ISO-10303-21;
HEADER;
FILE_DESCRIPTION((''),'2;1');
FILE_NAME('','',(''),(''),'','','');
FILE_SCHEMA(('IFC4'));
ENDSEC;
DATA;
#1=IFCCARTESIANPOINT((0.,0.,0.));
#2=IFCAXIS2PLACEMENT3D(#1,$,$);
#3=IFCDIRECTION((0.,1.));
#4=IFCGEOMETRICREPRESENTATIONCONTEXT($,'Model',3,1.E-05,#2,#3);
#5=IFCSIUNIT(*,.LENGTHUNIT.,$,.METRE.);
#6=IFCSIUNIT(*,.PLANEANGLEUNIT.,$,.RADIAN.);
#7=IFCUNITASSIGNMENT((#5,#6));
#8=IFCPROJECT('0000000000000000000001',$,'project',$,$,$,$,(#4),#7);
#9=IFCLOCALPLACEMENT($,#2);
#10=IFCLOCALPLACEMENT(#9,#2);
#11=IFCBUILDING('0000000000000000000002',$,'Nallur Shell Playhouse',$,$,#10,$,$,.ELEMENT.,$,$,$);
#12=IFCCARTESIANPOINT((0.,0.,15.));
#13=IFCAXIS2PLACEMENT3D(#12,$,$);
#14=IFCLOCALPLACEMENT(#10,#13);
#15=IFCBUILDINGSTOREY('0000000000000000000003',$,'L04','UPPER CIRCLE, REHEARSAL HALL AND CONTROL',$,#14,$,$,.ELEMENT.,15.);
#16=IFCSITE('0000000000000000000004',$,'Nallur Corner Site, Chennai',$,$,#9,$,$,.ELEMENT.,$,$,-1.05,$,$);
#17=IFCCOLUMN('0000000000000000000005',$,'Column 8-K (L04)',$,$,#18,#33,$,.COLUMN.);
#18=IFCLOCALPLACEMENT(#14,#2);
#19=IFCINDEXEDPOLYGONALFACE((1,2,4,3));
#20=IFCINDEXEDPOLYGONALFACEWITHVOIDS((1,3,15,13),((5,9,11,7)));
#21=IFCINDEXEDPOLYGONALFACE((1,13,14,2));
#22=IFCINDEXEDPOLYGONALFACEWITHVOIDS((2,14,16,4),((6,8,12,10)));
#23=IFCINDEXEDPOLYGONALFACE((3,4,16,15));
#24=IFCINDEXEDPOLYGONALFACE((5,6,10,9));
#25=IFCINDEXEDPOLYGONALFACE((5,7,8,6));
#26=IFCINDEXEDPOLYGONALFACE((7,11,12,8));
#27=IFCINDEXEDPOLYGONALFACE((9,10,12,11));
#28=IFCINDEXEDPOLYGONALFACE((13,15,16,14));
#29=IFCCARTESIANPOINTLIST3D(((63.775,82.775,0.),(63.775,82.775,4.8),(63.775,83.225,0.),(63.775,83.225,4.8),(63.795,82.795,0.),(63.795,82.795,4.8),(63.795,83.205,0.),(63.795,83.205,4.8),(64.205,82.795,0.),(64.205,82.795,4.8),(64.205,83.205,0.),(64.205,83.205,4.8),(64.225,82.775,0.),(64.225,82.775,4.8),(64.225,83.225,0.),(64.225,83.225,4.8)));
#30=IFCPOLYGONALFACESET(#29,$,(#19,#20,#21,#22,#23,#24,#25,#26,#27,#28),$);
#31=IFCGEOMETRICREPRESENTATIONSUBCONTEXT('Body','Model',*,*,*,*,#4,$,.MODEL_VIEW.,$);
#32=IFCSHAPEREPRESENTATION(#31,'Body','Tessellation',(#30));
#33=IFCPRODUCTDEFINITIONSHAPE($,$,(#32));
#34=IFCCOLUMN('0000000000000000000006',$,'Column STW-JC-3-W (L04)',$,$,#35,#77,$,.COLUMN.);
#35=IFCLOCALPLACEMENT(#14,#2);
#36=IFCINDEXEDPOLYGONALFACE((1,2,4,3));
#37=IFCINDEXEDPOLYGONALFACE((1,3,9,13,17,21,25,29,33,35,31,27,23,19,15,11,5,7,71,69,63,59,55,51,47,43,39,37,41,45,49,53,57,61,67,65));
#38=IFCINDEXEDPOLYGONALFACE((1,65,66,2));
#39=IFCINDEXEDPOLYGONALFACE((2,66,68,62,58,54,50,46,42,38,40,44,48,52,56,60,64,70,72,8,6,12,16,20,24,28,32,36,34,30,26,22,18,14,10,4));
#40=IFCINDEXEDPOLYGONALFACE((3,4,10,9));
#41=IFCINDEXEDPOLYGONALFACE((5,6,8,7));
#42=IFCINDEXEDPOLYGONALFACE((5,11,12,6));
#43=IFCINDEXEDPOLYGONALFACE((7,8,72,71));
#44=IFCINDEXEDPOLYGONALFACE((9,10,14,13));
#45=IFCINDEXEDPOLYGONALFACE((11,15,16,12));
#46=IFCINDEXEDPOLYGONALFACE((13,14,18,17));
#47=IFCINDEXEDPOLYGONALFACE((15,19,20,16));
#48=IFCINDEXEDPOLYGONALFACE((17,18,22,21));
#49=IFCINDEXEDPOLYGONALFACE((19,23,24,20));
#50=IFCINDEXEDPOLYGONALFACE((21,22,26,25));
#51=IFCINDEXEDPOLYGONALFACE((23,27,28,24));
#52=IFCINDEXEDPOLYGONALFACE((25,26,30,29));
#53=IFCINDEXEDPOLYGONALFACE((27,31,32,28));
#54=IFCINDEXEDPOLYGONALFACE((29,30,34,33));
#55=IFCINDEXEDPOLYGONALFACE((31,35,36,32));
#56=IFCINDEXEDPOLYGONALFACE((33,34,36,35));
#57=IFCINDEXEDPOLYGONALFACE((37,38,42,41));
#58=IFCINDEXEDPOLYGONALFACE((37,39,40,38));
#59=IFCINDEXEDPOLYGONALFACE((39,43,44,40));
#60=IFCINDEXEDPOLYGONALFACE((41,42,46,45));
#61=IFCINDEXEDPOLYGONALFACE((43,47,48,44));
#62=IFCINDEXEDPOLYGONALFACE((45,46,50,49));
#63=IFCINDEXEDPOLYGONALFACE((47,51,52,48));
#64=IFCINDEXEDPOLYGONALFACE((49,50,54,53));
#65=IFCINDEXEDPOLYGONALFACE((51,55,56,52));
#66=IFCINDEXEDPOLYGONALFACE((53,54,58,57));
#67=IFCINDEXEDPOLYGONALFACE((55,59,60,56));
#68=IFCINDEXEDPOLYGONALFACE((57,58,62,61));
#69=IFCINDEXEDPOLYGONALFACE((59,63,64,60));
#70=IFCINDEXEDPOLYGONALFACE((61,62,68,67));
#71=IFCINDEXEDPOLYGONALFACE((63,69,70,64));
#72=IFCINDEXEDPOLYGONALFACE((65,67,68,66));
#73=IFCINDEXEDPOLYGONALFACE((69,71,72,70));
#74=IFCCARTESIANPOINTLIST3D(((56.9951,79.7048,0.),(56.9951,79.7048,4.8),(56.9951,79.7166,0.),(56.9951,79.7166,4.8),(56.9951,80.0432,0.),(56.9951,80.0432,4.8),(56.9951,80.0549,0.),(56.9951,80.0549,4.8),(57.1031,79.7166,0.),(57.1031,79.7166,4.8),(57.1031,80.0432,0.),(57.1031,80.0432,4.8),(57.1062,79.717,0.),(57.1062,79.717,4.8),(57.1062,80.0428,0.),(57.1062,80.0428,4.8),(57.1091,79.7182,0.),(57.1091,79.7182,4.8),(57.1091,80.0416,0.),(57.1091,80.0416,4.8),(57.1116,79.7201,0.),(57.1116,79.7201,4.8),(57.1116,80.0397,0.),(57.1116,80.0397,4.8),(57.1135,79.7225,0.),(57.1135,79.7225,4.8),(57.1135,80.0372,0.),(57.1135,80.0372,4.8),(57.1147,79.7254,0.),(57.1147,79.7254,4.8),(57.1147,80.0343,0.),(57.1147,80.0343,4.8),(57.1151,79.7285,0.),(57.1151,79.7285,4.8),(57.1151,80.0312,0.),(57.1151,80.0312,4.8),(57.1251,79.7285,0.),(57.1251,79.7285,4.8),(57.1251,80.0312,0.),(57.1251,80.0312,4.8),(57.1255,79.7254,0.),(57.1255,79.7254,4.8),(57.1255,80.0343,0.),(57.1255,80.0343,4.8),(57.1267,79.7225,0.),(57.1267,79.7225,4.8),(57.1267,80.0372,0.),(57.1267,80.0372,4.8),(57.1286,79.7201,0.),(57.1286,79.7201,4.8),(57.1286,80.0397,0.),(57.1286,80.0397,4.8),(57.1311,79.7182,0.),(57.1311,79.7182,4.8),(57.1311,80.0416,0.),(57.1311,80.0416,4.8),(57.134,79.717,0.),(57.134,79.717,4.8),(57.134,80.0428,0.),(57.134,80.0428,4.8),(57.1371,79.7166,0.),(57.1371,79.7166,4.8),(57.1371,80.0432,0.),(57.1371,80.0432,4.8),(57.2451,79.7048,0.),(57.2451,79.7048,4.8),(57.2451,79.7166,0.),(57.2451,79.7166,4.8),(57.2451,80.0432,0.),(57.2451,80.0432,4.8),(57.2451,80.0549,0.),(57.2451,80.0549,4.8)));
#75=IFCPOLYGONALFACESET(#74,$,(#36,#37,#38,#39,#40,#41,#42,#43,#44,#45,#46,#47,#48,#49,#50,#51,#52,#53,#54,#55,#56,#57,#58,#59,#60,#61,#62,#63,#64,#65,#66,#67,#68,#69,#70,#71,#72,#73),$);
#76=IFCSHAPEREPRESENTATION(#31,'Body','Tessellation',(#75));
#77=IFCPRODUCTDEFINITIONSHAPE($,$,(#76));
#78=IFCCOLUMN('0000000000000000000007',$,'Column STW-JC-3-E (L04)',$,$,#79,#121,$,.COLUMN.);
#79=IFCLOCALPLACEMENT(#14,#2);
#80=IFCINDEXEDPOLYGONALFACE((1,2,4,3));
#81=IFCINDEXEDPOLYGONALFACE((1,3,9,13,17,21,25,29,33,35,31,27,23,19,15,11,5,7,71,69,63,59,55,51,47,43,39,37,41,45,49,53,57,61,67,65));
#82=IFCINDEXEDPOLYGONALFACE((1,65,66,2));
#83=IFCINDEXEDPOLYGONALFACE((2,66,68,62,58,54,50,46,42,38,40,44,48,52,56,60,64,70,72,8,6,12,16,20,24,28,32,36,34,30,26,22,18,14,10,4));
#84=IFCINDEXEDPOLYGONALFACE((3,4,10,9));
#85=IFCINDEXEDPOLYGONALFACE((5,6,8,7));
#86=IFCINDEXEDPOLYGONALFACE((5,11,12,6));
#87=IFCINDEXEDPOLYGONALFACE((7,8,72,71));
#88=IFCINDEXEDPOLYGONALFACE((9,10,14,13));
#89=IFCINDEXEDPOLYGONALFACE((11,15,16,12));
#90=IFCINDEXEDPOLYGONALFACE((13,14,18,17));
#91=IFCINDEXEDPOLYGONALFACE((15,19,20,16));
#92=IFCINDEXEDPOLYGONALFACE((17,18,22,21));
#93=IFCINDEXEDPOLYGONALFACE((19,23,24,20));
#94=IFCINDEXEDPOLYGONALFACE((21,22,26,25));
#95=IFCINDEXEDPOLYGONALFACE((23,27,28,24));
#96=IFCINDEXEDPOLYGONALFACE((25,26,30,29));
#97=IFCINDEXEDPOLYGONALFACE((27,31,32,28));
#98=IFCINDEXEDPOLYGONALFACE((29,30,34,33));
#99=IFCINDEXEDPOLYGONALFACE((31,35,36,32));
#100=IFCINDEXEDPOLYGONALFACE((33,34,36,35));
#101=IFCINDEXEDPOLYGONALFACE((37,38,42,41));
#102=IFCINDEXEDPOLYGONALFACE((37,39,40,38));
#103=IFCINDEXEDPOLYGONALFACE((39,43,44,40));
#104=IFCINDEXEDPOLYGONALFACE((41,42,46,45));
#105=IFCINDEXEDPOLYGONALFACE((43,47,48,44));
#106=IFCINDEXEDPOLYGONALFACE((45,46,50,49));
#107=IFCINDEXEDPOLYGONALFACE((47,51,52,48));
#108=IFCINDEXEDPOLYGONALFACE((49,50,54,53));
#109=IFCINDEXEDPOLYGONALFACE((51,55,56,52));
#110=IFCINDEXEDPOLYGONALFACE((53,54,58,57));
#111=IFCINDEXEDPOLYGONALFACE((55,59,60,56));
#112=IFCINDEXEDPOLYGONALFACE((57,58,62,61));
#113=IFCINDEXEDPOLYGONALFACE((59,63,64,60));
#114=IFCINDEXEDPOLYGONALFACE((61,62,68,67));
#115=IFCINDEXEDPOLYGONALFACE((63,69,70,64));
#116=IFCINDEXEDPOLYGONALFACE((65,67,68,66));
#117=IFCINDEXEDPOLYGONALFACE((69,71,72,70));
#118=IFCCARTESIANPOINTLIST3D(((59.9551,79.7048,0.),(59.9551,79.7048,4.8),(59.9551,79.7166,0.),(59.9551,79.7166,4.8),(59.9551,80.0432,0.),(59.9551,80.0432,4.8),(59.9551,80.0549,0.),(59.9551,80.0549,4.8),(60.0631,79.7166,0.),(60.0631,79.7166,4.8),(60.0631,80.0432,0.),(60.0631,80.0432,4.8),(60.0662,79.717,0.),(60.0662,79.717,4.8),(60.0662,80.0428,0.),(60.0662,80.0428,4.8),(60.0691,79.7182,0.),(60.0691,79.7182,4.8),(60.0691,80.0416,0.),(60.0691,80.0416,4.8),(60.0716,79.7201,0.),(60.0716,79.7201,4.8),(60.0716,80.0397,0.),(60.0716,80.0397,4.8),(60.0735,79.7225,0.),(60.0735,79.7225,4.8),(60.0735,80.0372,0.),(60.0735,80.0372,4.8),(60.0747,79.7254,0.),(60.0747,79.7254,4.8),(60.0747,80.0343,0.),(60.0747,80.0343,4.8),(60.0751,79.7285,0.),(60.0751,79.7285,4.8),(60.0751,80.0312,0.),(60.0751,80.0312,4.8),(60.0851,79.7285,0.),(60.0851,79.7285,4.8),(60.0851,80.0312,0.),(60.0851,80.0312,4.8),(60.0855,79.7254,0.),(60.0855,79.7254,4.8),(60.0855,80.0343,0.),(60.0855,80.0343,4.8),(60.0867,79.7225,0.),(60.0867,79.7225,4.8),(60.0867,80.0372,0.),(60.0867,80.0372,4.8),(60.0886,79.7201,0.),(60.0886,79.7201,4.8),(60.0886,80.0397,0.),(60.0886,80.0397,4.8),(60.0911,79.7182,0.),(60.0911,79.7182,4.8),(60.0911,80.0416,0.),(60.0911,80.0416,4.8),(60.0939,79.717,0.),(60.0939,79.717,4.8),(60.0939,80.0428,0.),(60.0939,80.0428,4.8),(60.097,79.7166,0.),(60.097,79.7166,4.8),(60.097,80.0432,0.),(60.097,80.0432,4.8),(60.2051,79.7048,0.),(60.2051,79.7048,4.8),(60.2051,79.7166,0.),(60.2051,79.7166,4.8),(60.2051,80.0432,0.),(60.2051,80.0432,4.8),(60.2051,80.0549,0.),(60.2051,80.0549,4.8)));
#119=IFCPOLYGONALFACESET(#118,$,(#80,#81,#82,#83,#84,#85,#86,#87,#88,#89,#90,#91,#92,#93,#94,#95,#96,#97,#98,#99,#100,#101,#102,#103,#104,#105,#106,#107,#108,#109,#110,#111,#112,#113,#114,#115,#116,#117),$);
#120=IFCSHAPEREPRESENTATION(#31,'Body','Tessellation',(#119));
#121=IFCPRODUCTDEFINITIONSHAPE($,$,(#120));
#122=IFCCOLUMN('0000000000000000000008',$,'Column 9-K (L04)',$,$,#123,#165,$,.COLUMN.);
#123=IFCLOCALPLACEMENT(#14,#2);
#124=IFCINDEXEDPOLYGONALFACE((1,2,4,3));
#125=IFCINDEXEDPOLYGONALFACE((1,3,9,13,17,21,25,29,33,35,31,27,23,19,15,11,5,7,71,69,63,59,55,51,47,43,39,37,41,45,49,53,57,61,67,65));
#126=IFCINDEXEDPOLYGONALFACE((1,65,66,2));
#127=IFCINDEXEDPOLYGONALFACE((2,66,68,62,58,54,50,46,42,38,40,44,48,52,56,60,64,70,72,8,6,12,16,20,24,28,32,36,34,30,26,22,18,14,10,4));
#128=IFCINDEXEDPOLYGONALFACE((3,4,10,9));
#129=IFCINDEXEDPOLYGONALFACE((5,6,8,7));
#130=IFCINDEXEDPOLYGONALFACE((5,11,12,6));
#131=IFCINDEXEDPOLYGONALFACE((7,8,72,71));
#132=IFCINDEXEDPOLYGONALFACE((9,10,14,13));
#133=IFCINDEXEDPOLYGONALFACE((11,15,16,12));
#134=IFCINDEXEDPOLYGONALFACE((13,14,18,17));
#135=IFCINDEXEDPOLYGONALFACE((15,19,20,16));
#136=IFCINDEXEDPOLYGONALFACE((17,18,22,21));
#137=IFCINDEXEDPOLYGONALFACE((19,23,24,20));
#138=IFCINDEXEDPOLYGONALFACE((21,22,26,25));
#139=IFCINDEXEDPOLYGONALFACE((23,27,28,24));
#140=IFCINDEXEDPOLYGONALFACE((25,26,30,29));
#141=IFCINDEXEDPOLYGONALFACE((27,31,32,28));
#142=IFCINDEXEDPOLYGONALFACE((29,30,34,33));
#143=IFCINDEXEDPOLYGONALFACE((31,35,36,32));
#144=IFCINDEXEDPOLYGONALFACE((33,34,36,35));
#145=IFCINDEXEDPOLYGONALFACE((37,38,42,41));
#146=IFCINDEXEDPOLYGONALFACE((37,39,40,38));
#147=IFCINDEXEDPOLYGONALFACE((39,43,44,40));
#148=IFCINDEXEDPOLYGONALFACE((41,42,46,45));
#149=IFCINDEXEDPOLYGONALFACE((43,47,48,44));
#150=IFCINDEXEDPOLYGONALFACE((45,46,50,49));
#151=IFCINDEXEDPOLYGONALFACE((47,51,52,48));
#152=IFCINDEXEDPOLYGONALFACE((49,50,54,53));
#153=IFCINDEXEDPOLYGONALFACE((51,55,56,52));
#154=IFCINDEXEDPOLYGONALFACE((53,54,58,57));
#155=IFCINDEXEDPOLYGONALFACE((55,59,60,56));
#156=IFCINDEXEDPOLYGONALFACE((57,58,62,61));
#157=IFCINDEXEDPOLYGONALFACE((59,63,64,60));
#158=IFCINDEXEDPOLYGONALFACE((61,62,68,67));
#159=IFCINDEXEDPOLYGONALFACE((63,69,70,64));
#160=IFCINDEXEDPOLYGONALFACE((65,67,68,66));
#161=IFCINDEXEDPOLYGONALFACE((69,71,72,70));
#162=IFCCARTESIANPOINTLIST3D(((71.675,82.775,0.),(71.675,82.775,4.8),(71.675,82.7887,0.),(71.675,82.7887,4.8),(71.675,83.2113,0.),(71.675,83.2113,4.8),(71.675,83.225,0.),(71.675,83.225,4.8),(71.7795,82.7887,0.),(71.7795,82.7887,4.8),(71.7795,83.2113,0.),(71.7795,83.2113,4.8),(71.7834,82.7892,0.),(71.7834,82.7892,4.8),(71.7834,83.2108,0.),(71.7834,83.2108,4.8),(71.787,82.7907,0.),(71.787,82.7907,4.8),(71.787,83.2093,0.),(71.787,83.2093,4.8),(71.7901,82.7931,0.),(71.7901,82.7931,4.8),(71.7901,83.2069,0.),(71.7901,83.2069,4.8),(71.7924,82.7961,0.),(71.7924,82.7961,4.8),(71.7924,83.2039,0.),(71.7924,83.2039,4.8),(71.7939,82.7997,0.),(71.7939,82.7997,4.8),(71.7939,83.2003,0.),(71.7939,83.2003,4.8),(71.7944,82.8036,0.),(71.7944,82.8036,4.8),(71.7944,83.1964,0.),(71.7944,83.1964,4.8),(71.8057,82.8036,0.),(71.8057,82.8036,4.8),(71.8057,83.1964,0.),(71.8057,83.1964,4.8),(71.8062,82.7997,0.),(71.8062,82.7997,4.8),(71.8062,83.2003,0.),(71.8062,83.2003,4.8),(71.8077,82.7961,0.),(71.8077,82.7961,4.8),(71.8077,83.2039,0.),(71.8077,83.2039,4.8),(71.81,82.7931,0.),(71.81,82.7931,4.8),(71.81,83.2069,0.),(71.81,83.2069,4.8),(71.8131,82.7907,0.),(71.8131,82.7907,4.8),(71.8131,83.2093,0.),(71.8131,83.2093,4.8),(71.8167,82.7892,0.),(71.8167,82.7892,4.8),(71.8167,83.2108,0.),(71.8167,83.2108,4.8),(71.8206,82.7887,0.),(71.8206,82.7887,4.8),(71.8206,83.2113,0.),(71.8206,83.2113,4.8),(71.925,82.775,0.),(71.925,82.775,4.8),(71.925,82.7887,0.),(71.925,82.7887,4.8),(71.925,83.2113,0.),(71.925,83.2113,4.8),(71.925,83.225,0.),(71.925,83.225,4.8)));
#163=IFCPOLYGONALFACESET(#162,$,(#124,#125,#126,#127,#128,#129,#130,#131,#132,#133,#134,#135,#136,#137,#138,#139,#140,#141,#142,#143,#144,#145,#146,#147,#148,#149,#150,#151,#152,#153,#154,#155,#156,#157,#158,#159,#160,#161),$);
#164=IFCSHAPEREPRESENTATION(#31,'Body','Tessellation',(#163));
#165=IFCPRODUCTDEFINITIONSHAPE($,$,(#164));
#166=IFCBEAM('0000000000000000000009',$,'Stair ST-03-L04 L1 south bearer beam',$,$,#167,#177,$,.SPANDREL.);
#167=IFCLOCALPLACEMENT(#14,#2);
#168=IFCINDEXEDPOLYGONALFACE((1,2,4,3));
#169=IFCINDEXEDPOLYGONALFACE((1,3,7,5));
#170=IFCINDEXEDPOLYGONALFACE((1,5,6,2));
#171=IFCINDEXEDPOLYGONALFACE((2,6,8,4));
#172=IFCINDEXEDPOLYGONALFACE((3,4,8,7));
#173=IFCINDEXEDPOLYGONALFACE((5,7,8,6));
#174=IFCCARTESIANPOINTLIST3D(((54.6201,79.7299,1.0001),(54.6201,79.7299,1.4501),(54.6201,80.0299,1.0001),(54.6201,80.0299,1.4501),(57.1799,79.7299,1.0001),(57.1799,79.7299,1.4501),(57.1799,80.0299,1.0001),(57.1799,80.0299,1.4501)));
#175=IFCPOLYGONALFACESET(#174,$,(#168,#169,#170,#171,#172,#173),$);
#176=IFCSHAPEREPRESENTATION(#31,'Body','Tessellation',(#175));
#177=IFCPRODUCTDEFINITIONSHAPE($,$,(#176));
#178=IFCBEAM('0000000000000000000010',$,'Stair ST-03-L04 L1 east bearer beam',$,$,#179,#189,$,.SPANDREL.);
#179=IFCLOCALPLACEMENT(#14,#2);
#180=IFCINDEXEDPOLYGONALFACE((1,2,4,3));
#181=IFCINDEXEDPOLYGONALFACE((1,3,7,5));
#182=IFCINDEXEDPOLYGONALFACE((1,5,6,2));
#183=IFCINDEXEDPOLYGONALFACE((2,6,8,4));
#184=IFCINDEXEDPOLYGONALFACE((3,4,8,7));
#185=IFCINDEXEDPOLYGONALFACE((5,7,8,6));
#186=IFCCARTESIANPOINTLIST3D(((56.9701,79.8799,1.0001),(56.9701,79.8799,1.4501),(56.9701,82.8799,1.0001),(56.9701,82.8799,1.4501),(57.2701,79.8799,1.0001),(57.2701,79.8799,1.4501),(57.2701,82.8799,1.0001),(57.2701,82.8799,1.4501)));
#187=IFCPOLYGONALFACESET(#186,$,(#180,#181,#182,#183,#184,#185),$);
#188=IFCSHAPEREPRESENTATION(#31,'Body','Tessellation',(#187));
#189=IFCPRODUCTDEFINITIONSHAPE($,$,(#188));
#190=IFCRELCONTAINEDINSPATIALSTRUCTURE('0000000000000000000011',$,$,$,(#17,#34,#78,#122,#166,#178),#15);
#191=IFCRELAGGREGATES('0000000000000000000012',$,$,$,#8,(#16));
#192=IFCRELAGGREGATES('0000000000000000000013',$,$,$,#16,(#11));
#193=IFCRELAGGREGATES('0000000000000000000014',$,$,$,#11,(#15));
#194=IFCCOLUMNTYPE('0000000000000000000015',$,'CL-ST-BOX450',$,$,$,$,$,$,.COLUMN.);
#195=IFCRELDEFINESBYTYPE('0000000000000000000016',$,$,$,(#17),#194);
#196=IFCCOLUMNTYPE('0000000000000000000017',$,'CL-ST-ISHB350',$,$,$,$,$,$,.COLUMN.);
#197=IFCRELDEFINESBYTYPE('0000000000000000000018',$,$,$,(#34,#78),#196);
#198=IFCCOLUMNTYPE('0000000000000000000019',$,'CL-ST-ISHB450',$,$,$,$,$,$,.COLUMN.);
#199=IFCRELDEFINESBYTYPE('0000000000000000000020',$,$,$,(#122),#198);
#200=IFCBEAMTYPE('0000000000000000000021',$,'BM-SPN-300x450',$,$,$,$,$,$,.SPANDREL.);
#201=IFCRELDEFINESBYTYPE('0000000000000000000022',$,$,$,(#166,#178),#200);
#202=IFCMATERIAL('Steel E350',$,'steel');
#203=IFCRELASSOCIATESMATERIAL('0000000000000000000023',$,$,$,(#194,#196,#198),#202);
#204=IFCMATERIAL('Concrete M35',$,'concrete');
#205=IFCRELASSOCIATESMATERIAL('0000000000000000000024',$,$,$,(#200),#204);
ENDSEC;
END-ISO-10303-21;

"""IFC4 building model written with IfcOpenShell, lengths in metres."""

from ifc_helpers import new_model, si_unit, direction, frame, origin, origin_2d, place, context, subcontext, project, spatial, rectangle, hollow_rectangle, i_section, extrude, material, material_profile, profile_set, type_object, element, save


model = new_model("IFC4")

# Units and contexts
model_context = context("Model", 3, precision=1e-05, world=origin(), true_north=direction((0.0, 1.0)))
body_context = subcontext(model_context, "Body", "Model", "MODEL_VIEW")
ifc_project = project(units=[si_unit("LENGTHUNIT", "METRE"), si_unit("PLANEANGLEUNIT", "RADIAN")], contexts=[model_context])

# Site, building, storey
site_placement = place(None, origin())
site = spatial("IfcSite", under=ifc_project, at=site_placement, Name="Nallur Corner Site, Chennai", CompositionType="ELEMENT", RefElevation=-1.05)
building_placement = place(site_placement, origin())
building = spatial("IfcBuilding", under=site, at=building_placement, Name="Nallur Shell Playhouse", CompositionType="ELEMENT")
storey_placement = place(building_placement, frame((0.0, 0.0, 15.0)))
storey = spatial("IfcBuildingStorey", under=building, at=storey_placement, Name="L04", Description="UPPER CIRCLE, REHEARSAL HALL AND CONTROL", CompositionType="ELEMENT", Elevation=15.0)

# Columns
ifc_material_1 = material(Name="Steel E350", Category="steel")
ifc_material_profile_1 = material_profile(ifc_material_1, hollow_rectangle(XDim=0.45, YDim=0.45, WallThickness=0.02, at=origin_2d()), Name="BOX 450x450x20")
ifc_profile_set_1 = profile_set([ifc_material_profile_1], Name="Steel E350")
column_type_1 = type_object("IfcColumnType", Name="CL-ST-BOX450", PredefinedType="COLUMN", material=ifc_profile_set_1)
column_1_placement = place(storey_placement, frame((64.0, 83.0, 0.0), z_axis=(0.0, 0.0, 1.0), x_axis=(1.0, 0.0, 0.0)))
element("IfcColumn", 1, at=column_1_placement, inside=storey, type_object=column_type_1, Name="Column 8-K (L04)", PredefinedType="COLUMN", context=body_context, shape_type="SweptSolid", body=[
    extrude(hollow_rectangle(XDim=0.45, YDim=0.45, WallThickness=0.02, at=origin_2d()), origin(), (0.0, 0.0, 1.0), 4.8),
])
ifc_material_profile_2 = material_profile(ifc_material_1, i_section(OverallWidth=0.25, OverallDepth=0.3501, WebThickness=0.01, FlangeThickness=0.0117, FilletRadius=0.012, at=origin_2d()), Name="ISHB 350")
ifc_profile_set_2 = profile_set([ifc_material_profile_2], Name="Steel E350")
column_type_2 = type_object("IfcColumnType", Name="CL-ST-ISHB350", PredefinedType="COLUMN", material=ifc_profile_set_2)
for number, where, z_axis, x_axis, name in (
    (2, (57.1201, 79.8799, 0.0), (0.0, 0.0, 1.0), (1.0, 0.0, 0.0), "Column STW-JC-3-W (L04)"),
    (3, (60.0801, 79.8799, 0.0), (0.0, 0.0, 1.0), (1.0, 0.0, 0.0), "Column STW-JC-3-E (L04)"),
):
    element("IfcColumn", number, at=place(storey_placement, frame(where, z_axis=z_axis, x_axis=x_axis)), inside=storey, type_object=column_type_2, Name=name, PredefinedType="COLUMN", context=body_context, shape_type="SweptSolid", body=[
        extrude(i_section(OverallWidth=0.25, OverallDepth=0.3501, WebThickness=0.01, FlangeThickness=0.0117, FilletRadius=0.012, at=origin_2d()), origin(), (0.0, 0.0, 1.0), 4.8),
    ])
ifc_material_profile_3 = material_profile(ifc_material_1, i_section(OverallWidth=0.25, OverallDepth=0.45, WebThickness=0.0112, FlangeThickness=0.0137, FilletRadius=0.0149, at=origin_2d()), Name="ISHB 450")
ifc_profile_set_3 = profile_set([ifc_material_profile_3], Name="Steel E350")
column_type_3 = type_object("IfcColumnType", Name="CL-ST-ISHB450", PredefinedType="COLUMN", material=ifc_profile_set_3)
column_2_placement = place(storey_placement, frame((71.8, 83.0, 0.0), z_axis=(0.0, 0.0, 1.0), x_axis=(1.0, 0.0, 0.0)))
element("IfcColumn", 4, at=column_2_placement, inside=storey, type_object=column_type_3, Name="Column 9-K (L04)", PredefinedType="COLUMN", context=body_context, shape_type="SweptSolid", body=[
    extrude(i_section(OverallWidth=0.25, OverallDepth=0.45, WebThickness=0.0112, FlangeThickness=0.0137, FilletRadius=0.0149, at=origin_2d()), origin(), (0.0, 0.0, 1.0), 4.8),
])

# Beams
ifc_material_2 = material(Name="Concrete M35", Category="concrete")
ifc_material_profile_4 = material_profile(ifc_material_2, rectangle(XDim=0.3, YDim=0.45, at=origin_2d()), Name="RC 300x450")
ifc_profile_set_4 = profile_set([ifc_material_profile_4], Name="Concrete M35")
beam_type_1 = type_object("IfcBeamType", Name="BM-SPN-300x450", PredefinedType="SPANDREL", material=ifc_profile_set_4)
beam_1_placement = place(storey_placement, frame((54.6201, 79.8799, 1.2251), z_axis=(1.0, 0.0, 0.0), x_axis=(0.0, 1.0, 0.0)))
element("IfcBeam", 5, at=beam_1_placement, inside=storey, type_object=beam_type_1, Name="Stair ST-03-L04 L1 south bearer beam", PredefinedType="SPANDREL", context=body_context, shape_type="SweptSolid", body=[
    extrude(rectangle(XDim=0.3, YDim=0.45, at=origin_2d()), origin(), (0.0, 0.0, 1.0), 2.5598),
])
beam_2_placement = place(storey_placement, frame((57.1201, 79.8799, 1.2251), z_axis=(0.0, 1.0, 0.0), x_axis=(-1.0, 0.0, 0.0)))
element("IfcBeam", 6, at=beam_2_placement, inside=storey, type_object=beam_type_1, Name="Stair ST-03-L04 L1 east bearer beam", PredefinedType="SPANDREL", context=body_context, shape_type="SweptSolid", body=[
    extrude(rectangle(XDim=0.3, YDim=0.45, at=origin_2d()), origin(), (0.0, 0.0, 1.0), 3.0),
])

save(model, "model.ifc")
